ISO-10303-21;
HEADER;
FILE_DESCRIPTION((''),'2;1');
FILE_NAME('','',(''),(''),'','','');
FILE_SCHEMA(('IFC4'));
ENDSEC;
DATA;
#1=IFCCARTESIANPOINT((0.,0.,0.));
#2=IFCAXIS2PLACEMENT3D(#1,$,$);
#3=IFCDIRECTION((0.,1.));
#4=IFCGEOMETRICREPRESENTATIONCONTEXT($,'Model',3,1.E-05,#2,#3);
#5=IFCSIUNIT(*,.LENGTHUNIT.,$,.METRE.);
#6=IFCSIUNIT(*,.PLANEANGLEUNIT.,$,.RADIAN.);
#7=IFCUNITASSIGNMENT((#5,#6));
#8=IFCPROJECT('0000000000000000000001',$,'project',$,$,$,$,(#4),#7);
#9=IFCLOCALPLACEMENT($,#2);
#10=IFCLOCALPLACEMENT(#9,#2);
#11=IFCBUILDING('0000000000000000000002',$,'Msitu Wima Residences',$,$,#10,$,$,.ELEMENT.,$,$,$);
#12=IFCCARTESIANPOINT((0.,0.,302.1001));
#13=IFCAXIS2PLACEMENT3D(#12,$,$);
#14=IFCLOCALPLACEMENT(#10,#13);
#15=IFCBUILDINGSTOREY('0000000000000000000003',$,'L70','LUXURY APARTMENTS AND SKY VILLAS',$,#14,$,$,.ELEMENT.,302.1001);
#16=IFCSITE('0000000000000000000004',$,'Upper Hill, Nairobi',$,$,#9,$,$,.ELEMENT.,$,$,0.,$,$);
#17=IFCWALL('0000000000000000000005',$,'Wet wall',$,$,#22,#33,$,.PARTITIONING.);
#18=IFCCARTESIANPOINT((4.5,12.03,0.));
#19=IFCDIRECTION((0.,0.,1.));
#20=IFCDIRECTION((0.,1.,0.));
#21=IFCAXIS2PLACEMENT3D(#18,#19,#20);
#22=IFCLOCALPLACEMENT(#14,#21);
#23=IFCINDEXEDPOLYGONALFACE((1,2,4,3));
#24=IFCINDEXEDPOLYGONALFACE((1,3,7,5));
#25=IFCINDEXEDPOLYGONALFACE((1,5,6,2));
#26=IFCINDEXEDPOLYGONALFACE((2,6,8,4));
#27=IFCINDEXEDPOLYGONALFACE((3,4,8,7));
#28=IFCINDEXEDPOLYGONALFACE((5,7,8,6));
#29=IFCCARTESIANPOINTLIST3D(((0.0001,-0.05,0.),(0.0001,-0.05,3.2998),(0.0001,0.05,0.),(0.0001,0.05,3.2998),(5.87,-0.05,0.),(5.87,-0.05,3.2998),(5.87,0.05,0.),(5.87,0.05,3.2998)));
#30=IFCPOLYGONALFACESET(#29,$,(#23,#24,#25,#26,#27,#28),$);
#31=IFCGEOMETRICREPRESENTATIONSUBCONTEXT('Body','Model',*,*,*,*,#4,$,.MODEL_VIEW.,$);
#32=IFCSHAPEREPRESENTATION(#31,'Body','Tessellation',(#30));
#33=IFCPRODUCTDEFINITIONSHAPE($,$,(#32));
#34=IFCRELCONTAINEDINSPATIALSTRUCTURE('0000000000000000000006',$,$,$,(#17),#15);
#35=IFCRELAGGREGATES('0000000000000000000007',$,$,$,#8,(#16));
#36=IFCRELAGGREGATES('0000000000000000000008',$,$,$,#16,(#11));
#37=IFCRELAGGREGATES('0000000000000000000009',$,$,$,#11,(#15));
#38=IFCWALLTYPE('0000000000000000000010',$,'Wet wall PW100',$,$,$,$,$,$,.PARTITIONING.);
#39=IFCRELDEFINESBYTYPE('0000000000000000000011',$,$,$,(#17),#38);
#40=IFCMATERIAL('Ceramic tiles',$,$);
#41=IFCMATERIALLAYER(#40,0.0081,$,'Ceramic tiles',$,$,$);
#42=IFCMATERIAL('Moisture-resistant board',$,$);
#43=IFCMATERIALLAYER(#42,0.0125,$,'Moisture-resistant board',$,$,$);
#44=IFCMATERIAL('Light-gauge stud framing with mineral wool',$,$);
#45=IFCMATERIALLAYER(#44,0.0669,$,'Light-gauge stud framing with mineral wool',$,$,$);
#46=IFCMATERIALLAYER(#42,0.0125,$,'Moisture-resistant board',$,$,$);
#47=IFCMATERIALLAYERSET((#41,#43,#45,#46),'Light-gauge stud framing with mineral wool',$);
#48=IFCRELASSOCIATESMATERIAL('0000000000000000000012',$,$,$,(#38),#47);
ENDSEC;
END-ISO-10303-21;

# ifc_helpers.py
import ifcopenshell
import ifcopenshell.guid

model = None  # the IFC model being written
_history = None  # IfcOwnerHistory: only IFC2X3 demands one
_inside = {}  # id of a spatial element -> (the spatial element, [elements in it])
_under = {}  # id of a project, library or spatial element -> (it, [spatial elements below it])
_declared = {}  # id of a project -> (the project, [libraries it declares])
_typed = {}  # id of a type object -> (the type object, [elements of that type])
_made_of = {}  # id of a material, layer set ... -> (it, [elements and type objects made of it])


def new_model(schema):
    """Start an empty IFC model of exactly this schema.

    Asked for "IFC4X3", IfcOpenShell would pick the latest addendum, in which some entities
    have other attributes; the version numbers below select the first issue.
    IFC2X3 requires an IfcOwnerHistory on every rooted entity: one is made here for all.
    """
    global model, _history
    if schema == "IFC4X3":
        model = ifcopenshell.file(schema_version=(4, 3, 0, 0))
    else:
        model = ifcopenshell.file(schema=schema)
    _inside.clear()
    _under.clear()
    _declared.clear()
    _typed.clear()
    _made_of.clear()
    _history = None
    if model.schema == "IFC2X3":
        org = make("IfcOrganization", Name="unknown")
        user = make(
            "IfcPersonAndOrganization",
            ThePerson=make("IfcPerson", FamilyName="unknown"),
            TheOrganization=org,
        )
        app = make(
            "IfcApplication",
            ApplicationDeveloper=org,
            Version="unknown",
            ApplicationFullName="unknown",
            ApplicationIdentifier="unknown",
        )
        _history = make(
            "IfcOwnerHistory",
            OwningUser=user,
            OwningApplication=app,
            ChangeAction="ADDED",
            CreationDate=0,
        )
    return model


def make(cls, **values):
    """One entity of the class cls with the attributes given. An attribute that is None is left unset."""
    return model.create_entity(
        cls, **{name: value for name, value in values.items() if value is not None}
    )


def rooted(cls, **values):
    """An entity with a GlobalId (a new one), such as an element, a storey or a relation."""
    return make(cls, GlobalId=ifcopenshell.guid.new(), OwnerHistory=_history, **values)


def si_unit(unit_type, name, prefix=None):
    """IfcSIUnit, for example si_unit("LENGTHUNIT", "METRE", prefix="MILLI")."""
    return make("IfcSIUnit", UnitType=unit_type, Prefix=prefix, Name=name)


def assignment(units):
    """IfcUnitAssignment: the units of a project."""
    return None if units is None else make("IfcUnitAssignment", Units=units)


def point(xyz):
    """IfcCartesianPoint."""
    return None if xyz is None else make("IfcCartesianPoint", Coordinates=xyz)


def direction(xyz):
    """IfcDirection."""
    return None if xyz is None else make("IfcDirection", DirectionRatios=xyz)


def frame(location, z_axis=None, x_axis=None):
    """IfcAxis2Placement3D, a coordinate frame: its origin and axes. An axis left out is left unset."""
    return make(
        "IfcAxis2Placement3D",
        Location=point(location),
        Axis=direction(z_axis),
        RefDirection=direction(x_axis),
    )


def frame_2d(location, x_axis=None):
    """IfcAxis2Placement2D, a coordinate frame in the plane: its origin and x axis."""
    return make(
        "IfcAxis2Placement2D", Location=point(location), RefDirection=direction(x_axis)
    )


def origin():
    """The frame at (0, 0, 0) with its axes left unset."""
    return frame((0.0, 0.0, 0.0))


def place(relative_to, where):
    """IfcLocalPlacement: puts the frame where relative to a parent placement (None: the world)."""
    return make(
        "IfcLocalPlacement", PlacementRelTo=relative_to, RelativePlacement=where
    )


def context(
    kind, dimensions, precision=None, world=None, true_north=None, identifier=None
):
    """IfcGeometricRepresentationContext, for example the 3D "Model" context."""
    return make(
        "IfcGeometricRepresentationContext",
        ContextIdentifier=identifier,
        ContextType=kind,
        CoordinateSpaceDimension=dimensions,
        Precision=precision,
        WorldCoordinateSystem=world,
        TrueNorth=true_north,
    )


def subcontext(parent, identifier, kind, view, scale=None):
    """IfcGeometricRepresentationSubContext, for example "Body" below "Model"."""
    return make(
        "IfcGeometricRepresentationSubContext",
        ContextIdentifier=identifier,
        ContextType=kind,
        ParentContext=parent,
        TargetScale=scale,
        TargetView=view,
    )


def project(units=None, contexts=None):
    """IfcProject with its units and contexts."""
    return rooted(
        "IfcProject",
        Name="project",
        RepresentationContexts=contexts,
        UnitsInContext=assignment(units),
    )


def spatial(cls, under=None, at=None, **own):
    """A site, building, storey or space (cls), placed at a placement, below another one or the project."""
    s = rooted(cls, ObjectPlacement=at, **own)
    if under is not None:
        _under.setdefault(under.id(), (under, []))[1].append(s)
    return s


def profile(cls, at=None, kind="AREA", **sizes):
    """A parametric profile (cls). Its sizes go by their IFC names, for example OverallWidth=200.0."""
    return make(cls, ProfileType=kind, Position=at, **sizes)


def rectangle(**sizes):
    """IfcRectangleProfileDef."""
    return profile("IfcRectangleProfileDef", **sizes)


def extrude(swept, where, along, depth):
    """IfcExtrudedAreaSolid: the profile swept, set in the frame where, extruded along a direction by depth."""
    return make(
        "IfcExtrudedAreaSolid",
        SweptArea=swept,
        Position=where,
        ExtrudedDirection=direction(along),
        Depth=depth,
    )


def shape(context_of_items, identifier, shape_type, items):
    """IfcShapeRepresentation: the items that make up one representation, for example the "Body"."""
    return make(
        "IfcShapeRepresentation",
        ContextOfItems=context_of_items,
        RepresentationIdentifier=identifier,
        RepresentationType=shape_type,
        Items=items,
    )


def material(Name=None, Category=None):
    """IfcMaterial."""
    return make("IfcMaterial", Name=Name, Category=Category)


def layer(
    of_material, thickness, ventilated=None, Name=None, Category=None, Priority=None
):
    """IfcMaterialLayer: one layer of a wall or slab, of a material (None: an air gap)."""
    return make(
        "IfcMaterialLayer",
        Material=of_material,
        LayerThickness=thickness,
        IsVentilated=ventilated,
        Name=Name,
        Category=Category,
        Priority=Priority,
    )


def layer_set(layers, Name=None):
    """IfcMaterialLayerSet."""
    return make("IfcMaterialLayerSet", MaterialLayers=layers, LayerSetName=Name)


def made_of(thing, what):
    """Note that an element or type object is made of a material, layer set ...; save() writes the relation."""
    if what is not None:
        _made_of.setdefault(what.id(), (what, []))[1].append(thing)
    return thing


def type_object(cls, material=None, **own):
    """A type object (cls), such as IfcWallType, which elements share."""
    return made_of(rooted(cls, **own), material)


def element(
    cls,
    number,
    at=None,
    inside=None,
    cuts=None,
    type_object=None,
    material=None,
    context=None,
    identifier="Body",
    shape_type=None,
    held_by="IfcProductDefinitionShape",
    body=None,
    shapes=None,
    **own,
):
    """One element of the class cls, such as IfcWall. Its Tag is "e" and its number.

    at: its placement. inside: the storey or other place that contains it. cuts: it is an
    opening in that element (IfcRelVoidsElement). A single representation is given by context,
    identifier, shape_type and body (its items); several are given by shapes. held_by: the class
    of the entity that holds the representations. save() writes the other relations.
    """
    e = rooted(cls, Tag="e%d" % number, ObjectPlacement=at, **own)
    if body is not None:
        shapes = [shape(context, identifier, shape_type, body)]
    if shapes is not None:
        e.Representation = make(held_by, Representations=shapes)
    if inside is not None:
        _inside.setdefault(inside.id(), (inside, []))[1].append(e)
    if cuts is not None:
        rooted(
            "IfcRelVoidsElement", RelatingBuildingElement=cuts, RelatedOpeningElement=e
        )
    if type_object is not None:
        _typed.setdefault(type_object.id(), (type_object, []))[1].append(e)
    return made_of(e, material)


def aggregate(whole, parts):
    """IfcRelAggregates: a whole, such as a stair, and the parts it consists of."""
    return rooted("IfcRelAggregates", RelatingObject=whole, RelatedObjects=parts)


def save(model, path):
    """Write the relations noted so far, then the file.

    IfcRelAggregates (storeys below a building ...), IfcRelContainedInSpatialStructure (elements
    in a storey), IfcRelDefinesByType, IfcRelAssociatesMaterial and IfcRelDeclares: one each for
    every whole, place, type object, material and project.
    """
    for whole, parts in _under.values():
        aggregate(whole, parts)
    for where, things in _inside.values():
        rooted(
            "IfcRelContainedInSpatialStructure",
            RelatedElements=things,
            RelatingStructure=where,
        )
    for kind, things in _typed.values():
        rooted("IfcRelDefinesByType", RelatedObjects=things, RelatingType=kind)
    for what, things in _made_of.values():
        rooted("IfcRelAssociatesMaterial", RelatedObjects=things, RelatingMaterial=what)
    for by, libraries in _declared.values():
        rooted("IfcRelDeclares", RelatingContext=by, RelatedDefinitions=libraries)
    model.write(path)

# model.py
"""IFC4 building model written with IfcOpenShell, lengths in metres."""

from ifc_helpers import new_model, si_unit, direction, frame, frame_2d, origin, place, context, subcontext, project, spatial, rectangle, extrude, material, layer, layer_set, type_object, element, save


model = new_model("IFC4")

# Units and contexts
model_context = context("Model", 3, precision=1e-05, world=origin(), true_north=direction((0.0, 1.0)))
body_context = subcontext(model_context, "Body", "Model", "MODEL_VIEW")
ifc_project = project(units=[si_unit("LENGTHUNIT", "METRE"), si_unit("PLANEANGLEUNIT", "RADIAN")], contexts=[model_context])

# Site, building, storey
site_placement = place(None, origin())
site = spatial("IfcSite", under=ifc_project, at=site_placement, Name="Upper Hill, Nairobi", CompositionType="ELEMENT", RefElevation=0.0)
building_placement = place(site_placement, origin())
building = spatial("IfcBuilding", under=site, at=building_placement, Name="Msitu Wima Residences", CompositionType="ELEMENT")
storey_placement = place(building_placement, frame((0.0, 0.0, 302.1001)))
storey = spatial("IfcBuildingStorey", under=building, at=storey_placement, Name="L70", Description="LUXURY APARTMENTS AND SKY VILLAS", CompositionType="ELEMENT", Elevation=302.1001)

# Wall
ifc_material_1 = material(Name="Light-gauge stud framing with mineral wool")
ifc_material_2 = material(Name="Ceramic tiles")
ifc_layer_1 = layer(ifc_material_2, 0.0081, Name="Ceramic tiles")
ifc_material_3 = material(Name="Moisture-resistant board")
ifc_layer_2 = layer(ifc_material_3, 0.0125, Name="Moisture-resistant board")
ifc_layer_3 = layer(ifc_material_1, 0.0669, Name="Light-gauge stud framing with mineral wool")
ifc_layer_4 = layer(ifc_material_3, 0.0125, Name="Moisture-resistant board")
ifc_layer_set_1 = layer_set([ifc_layer_1, ifc_layer_2, ifc_layer_3, ifc_layer_4], Name="Light-gauge stud framing with mineral wool")
wall_type_1 = type_object("IfcWallType", Name="Wet wall PW100", PredefinedType="PARTITIONING", material=ifc_layer_set_1)
wall_1_placement = place(storey_placement, frame((4.5, 12.03, 0.0), z_axis=(0.0, 0.0, 1.0), x_axis=(0.0, 1.0, 0.0)))
element("IfcWall", 1, at=wall_1_placement, inside=storey, type_object=wall_type_1, Name="Wet wall", PredefinedType="PARTITIONING", context=body_context, shape_type="SweptSolid", body=[
    extrude(rectangle(XDim=5.8699, YDim=0.1001, at=frame_2d((2.9351, 0.0))), origin(), (0.0, 0.0, 1.0), 3.2998),
])

save(model, "model.ifc")
